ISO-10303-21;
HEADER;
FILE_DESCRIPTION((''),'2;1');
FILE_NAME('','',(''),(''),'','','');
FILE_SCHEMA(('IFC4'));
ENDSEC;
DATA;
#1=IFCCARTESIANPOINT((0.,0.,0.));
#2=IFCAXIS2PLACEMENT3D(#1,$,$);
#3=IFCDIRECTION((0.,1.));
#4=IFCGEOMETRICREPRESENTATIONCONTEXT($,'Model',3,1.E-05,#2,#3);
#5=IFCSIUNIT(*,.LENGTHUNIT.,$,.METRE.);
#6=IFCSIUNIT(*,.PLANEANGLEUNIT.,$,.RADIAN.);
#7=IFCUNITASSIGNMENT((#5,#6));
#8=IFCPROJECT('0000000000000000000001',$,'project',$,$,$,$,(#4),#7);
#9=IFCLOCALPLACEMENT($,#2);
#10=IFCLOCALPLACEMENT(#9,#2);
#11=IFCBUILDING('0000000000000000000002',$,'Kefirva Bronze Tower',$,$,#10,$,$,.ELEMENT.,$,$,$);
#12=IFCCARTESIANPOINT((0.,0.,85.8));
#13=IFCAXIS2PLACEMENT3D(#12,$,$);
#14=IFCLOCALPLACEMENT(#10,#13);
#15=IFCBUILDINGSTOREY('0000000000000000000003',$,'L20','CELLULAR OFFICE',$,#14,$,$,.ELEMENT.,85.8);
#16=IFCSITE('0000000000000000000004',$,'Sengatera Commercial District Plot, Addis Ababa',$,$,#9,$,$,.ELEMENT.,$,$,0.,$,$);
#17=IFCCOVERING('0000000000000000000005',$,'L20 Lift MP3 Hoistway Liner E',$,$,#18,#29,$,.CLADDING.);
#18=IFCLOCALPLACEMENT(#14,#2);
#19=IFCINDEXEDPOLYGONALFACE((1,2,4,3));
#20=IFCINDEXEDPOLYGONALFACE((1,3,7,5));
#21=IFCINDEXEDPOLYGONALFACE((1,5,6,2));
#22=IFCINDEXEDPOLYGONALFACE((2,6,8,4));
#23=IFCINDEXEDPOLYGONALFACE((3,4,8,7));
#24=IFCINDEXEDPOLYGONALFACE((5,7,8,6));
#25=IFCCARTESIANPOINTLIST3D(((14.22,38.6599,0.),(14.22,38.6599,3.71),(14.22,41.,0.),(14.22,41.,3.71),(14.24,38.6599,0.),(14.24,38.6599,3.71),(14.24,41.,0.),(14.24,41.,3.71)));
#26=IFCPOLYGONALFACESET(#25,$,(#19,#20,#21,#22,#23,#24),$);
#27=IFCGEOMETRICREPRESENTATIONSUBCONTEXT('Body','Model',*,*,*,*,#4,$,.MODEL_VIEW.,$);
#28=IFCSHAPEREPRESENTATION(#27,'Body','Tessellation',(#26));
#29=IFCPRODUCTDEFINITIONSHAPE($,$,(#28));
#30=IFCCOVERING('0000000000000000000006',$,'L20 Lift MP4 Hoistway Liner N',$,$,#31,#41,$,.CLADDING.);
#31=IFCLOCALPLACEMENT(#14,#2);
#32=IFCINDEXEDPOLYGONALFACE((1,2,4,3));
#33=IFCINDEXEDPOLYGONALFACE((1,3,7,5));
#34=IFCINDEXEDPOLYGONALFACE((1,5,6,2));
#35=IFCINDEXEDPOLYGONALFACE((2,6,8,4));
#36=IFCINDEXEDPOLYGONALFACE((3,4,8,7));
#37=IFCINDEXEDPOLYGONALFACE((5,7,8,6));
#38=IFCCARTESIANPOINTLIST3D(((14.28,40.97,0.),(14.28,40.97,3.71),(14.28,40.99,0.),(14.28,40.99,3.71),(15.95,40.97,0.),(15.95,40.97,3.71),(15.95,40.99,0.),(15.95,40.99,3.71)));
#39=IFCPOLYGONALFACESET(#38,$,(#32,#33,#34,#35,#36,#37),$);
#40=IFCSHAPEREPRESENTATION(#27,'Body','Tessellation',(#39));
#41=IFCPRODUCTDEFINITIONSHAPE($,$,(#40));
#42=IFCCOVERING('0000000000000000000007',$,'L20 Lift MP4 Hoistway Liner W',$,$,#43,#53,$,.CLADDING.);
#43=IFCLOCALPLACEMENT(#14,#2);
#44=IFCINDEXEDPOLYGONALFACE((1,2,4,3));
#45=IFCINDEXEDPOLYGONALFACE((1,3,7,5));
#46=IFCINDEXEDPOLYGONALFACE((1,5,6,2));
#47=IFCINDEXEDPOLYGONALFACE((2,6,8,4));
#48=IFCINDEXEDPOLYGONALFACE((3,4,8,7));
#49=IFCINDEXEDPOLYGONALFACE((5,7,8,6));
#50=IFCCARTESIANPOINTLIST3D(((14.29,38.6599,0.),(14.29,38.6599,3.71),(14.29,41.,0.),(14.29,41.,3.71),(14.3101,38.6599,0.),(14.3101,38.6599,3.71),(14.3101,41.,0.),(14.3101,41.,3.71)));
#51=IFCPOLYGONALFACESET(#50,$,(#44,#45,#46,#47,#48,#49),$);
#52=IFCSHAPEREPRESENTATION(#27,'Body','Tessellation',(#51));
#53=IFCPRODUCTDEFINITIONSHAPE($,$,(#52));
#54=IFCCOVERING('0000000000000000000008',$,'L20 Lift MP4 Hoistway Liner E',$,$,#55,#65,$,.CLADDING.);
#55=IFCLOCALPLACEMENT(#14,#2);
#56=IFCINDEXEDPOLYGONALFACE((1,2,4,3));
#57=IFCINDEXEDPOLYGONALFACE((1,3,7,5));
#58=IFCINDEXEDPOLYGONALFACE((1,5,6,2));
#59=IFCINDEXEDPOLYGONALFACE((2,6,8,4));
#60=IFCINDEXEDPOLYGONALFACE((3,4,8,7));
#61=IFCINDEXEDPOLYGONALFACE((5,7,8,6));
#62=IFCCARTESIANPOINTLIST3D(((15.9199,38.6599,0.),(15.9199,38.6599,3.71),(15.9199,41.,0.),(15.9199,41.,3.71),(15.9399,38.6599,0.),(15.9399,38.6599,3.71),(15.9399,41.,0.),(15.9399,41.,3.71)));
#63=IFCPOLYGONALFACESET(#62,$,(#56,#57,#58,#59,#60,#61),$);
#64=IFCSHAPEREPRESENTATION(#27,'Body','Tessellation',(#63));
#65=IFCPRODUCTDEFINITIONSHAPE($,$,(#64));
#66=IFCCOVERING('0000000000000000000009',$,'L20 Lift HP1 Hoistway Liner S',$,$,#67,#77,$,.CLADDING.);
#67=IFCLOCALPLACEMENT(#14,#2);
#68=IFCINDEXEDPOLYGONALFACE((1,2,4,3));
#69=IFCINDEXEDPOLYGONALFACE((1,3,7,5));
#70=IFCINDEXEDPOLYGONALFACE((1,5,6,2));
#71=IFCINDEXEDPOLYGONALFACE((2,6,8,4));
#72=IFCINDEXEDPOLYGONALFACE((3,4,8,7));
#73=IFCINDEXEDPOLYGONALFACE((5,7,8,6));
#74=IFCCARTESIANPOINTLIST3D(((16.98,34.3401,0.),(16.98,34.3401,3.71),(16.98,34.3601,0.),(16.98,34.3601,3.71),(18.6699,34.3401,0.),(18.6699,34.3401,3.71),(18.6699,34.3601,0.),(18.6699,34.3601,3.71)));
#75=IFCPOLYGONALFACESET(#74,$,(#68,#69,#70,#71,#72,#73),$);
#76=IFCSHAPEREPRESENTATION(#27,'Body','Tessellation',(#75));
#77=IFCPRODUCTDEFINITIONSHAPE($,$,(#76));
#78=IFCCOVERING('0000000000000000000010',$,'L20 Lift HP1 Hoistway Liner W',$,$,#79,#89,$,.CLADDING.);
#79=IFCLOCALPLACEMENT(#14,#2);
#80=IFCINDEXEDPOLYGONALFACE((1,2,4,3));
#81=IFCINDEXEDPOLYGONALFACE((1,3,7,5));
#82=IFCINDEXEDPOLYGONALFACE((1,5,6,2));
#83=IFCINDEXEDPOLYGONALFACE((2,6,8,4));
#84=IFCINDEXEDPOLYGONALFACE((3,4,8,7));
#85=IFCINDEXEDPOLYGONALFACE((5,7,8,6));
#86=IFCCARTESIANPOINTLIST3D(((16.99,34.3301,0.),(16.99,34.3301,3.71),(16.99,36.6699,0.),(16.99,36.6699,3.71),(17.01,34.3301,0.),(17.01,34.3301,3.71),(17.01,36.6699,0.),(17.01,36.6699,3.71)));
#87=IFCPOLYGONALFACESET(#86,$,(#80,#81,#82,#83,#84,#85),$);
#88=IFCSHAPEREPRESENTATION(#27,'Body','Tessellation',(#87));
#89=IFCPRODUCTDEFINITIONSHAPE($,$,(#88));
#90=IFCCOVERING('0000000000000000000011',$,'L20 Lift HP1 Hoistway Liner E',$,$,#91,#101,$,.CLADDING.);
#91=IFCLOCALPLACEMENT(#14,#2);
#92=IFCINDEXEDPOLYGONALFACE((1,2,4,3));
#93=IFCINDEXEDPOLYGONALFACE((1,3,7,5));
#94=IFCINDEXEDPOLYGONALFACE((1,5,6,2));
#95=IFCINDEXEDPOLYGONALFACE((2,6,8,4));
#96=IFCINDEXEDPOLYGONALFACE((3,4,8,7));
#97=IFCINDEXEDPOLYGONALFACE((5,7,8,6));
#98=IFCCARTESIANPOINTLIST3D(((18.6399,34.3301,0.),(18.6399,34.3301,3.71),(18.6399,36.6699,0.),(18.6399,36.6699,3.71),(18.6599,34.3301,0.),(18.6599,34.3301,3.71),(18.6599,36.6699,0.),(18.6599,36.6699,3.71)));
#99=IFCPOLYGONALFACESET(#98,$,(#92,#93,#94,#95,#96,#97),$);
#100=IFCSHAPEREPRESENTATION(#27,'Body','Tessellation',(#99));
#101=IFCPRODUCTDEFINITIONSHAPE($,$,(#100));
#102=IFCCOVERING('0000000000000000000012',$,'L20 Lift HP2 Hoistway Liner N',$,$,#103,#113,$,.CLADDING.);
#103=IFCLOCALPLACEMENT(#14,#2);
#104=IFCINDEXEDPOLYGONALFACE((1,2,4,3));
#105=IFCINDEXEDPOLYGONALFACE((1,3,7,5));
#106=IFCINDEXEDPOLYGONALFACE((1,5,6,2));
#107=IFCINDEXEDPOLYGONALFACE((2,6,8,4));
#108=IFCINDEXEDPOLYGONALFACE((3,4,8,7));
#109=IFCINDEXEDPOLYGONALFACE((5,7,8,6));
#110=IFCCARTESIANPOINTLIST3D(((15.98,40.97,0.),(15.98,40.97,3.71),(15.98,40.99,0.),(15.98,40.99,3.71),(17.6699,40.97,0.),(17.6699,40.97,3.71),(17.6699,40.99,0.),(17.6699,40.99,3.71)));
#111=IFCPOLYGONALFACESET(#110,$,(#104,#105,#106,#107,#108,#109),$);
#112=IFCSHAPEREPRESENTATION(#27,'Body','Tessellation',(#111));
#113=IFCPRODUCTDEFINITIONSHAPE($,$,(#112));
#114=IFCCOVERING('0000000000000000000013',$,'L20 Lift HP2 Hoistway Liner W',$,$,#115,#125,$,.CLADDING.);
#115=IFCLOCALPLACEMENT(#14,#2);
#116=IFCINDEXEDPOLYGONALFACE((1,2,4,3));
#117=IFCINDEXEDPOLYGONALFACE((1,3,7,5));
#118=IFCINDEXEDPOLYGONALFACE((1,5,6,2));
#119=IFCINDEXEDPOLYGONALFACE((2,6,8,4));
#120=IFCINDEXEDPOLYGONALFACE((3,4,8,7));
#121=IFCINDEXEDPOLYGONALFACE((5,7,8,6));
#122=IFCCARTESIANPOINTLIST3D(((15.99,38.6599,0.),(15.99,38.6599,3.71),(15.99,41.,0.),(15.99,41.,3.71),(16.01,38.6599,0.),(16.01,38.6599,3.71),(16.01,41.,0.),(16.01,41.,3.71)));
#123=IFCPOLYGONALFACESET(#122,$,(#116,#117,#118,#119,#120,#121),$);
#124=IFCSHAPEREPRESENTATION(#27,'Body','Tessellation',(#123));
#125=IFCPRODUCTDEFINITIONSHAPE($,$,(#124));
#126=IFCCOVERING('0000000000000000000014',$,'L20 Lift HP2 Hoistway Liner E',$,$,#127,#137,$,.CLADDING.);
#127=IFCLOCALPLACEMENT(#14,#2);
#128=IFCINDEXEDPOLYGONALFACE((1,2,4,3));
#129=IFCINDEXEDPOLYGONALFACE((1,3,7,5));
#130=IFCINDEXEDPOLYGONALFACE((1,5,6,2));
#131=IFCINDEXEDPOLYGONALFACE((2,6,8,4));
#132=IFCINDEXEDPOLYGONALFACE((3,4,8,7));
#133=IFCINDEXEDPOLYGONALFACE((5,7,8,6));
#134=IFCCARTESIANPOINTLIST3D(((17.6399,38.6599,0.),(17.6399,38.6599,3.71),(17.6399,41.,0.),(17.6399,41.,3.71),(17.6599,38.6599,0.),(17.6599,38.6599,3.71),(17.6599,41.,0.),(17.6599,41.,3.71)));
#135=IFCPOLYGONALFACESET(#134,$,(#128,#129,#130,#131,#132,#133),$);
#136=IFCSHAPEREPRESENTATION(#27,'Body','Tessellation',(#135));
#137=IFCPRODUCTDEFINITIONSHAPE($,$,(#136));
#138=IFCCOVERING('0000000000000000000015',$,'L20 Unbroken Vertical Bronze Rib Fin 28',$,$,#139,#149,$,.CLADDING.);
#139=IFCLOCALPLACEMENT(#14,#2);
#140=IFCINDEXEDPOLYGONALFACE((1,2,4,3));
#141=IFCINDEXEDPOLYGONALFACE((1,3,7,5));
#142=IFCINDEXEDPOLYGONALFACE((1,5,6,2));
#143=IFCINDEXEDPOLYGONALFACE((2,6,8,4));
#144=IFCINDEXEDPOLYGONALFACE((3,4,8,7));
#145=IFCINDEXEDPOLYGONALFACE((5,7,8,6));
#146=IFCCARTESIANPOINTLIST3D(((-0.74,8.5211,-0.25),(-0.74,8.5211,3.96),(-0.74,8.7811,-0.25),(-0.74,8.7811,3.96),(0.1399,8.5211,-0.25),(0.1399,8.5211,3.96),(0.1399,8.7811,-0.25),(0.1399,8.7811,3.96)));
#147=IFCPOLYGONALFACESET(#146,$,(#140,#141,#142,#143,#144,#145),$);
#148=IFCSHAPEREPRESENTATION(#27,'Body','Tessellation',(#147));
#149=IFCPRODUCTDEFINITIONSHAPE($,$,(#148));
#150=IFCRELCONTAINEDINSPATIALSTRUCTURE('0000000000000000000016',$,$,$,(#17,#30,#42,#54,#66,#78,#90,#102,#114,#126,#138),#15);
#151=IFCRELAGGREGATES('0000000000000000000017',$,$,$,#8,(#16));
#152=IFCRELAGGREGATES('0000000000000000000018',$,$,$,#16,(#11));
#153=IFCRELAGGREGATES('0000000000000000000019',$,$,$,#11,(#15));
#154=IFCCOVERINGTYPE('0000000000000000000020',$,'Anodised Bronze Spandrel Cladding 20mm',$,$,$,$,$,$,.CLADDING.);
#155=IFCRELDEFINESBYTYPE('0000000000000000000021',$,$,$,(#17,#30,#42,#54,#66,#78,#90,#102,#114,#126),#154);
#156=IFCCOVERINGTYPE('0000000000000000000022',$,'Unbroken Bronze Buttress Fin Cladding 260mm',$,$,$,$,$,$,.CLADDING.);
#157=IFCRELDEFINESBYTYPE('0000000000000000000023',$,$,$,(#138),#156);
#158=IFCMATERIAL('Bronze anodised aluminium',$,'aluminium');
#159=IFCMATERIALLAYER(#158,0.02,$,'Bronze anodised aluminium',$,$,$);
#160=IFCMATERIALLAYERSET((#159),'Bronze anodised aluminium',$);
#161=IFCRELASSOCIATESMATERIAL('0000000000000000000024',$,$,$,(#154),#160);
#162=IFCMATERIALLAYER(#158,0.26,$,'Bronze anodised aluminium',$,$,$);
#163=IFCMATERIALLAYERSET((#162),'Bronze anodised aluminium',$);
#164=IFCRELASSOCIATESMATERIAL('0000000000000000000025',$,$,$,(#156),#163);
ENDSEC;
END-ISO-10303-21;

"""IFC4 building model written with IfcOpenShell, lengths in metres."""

from ifc_helpers import new_model, si_unit, direction, frame, origin, origin_2d, place, context, subcontext, project, spatial, polyline, rectangle, outline, extrude, material, layer, layer_set, type_object, element, save


model = new_model("IFC4")

# Units and contexts
model_context = context("Model", 3, precision=1e-05, world=origin(), true_north=direction((0.0, 1.0)))
body_context = subcontext(model_context, "Body", "Model", "MODEL_VIEW")
ifc_project = project(units=[si_unit("LENGTHUNIT", "METRE"), si_unit("PLANEANGLEUNIT", "RADIAN")], contexts=[model_context])

# Site, building, storey
site_placement = place(None, origin())
site = spatial("IfcSite", under=ifc_project, at=site_placement, Name="Sengatera Commercial District Plot, Addis Ababa", CompositionType="ELEMENT", RefElevation=0.0)
building_placement = place(site_placement, origin())
building = spatial("IfcBuilding", under=site, at=building_placement, Name="Kefirva Bronze Tower", CompositionType="ELEMENT")
storey_placement = place(building_placement, frame((0.0, 0.0, 85.8)))
storey = spatial("IfcBuildingStorey", under=building, at=storey_placement, Name="L20", Description="CELLULAR OFFICE", CompositionType="ELEMENT", Elevation=85.8)

# Coverings
ifc_material = material(Name="Bronze anodised aluminium", Category="aluminium")
ifc_layer_1 = layer(ifc_material, 0.02, Name="Bronze anodised aluminium")
ifc_layer_set_1 = layer_set([ifc_layer_1], Name="Bronze anodised aluminium")
covering_type_1 = type_object("IfcCoveringType", Name="Anodised Bronze Spandrel Cladding 20mm", PredefinedType="CLADDING", material=ifc_layer_set_1)
covering_1_placement = place(storey_placement, origin())
element("IfcCovering", 1, at=covering_1_placement, inside=storey, type_object=covering_type_1, Name="L20 Lift MP3 Hoistway Liner E", PredefinedType="CLADDING", context=body_context, shape_type="SweptSolid", body=[
    extrude(outline(polyline([(14.22, 38.6599), (14.24, 38.6599), (14.24, 41.0), (14.22, 41.0), (14.22, 38.6599)])), origin(), (0.0, 0.0, 1.0), 3.71),
])
covering_2_placement = place(storey_placement, origin())
element("IfcCovering", 2, at=covering_2_placement, inside=storey, type_object=covering_type_1, Name="L20 Lift MP4 Hoistway Liner N", PredefinedType="CLADDING", context=body_context, shape_type="SweptSolid", body=[
    extrude(outline(polyline([(14.28, 40.97), (15.95, 40.97), (15.95, 40.99), (14.28, 40.99), (14.28, 40.97)])), origin(), (0.0, 0.0, 1.0), 3.71),
])
covering_3_placement = place(storey_placement, origin())
element("IfcCovering", 3, at=covering_3_placement, inside=storey, type_object=covering_type_1, Name="L20 Lift MP4 Hoistway Liner W", PredefinedType="CLADDING", context=body_context, shape_type="SweptSolid", body=[
    extrude(outline(polyline([(14.29, 38.6599), (14.3101, 38.6599), (14.3101, 41.0), (14.29, 41.0), (14.29, 38.6599)])), origin(), (0.0, 0.0, 1.0), 3.71),
])
covering_4_placement = place(storey_placement, origin())
element("IfcCovering", 4, at=covering_4_placement, inside=storey, type_object=covering_type_1, Name="L20 Lift MP4 Hoistway Liner E", PredefinedType="CLADDING", context=body_context, shape_type="SweptSolid", body=[
    extrude(outline(polyline([(15.9199, 38.6599), (15.9399, 38.6599), (15.9399, 41.0), (15.9199, 41.0), (15.9199, 38.6599)])), origin(), (0.0, 0.0, 1.0), 3.71),
])
covering_5_placement = place(storey_placement, origin())
element("IfcCovering", 5, at=covering_5_placement, inside=storey, type_object=covering_type_1, Name="L20 Lift HP1 Hoistway Liner S", PredefinedType="CLADDING", context=body_context, shape_type="SweptSolid", body=[
    extrude(outline(polyline([(16.98, 34.3401), (18.6699, 34.3401), (18.6699, 34.3601), (16.98, 34.3601), (16.98, 34.3401)])), origin(), (0.0, 0.0, 1.0), 3.71),
])
covering_6_placement = place(storey_placement, origin())
element("IfcCovering", 6, at=covering_6_placement, inside=storey, type_object=covering_type_1, Name="L20 Lift HP1 Hoistway Liner W", PredefinedType="CLADDING", context=body_context, shape_type="SweptSolid", body=[
    extrude(outline(polyline([(16.99, 34.3301), (17.01, 34.3301), (17.01, 36.6699), (16.99, 36.6699), (16.99, 34.3301)])), origin(), (0.0, 0.0, 1.0), 3.71),
])
covering_7_placement = place(storey_placement, origin())
element("IfcCovering", 7, at=covering_7_placement, inside=storey, type_object=covering_type_1, Name="L20 Lift HP1 Hoistway Liner E", PredefinedType="CLADDING", context=body_context, shape_type="SweptSolid", body=[
    extrude(outline(polyline([(18.6399, 34.3301), (18.6599, 34.3301), (18.6599, 36.6699), (18.6399, 36.6699), (18.6399, 34.3301)])), origin(), (0.0, 0.0, 1.0), 3.71),
])
covering_8_placement = place(storey_placement, origin())
element("IfcCovering", 8, at=covering_8_placement, inside=storey, type_object=covering_type_1, Name="L20 Lift HP2 Hoistway Liner N", PredefinedType="CLADDING", context=body_context, shape_type="SweptSolid", body=[
    extrude(outline(polyline([(15.98, 40.97), (17.6699, 40.97), (17.6699, 40.99), (15.98, 40.99), (15.98, 40.97)])), origin(), (0.0, 0.0, 1.0), 3.71),
])
covering_9_placement = place(storey_placement, origin())
element("IfcCovering", 9, at=covering_9_placement, inside=storey, type_object=covering_type_1, Name="L20 Lift HP2 Hoistway Liner W", PredefinedType="CLADDING", context=body_context, shape_type="SweptSolid", body=[
    extrude(outline(polyline([(15.99, 38.6599), (16.01, 38.6599), (16.01, 41.0), (15.99, 41.0), (15.99, 38.6599)])), origin(), (0.0, 0.0, 1.0), 3.71),
])
covering_10_placement = place(storey_placement, origin())
element("IfcCovering", 10, at=covering_10_placement, inside=storey, type_object=covering_type_1, Name="L20 Lift HP2 Hoistway Liner E", PredefinedType="CLADDING", context=body_context, shape_type="SweptSolid", body=[
    extrude(outline(polyline([(17.6399, 38.6599), (17.6599, 38.6599), (17.6599, 41.0), (17.6399, 41.0), (17.6399, 38.6599)])), origin(), (0.0, 0.0, 1.0), 3.71),
])
ifc_layer_2 = layer(ifc_material, 0.26, Name="Bronze anodised aluminium")
ifc_layer_set_2 = layer_set([ifc_layer_2], Name="Bronze anodised aluminium")
covering_type_2 = type_object("IfcCoveringType", Name="Unbroken Bronze Buttress Fin Cladding 260mm", PredefinedType="CLADDING", material=ifc_layer_set_2)
covering_11_placement = place(storey_placement, frame((-0.3, 8.6511, -0.25), z_axis=(0.0, 0.0, 1.0), x_axis=(0.0, -1.0, 0.0)))
element("IfcCovering", 11, at=covering_11_placement, inside=storey, type_object=covering_type_2, Name="L20 Unbroken Vertical Bronze Rib Fin 28", PredefinedType="CLADDING", context=body_context, shape_type="SweptSolid", body=[
    extrude(rectangle(XDim=0.26, YDim=0.8799, at=origin_2d()), origin(), (0.0, 0.0, 1.0), 4.21),
])

save(model, "model.ifc")
